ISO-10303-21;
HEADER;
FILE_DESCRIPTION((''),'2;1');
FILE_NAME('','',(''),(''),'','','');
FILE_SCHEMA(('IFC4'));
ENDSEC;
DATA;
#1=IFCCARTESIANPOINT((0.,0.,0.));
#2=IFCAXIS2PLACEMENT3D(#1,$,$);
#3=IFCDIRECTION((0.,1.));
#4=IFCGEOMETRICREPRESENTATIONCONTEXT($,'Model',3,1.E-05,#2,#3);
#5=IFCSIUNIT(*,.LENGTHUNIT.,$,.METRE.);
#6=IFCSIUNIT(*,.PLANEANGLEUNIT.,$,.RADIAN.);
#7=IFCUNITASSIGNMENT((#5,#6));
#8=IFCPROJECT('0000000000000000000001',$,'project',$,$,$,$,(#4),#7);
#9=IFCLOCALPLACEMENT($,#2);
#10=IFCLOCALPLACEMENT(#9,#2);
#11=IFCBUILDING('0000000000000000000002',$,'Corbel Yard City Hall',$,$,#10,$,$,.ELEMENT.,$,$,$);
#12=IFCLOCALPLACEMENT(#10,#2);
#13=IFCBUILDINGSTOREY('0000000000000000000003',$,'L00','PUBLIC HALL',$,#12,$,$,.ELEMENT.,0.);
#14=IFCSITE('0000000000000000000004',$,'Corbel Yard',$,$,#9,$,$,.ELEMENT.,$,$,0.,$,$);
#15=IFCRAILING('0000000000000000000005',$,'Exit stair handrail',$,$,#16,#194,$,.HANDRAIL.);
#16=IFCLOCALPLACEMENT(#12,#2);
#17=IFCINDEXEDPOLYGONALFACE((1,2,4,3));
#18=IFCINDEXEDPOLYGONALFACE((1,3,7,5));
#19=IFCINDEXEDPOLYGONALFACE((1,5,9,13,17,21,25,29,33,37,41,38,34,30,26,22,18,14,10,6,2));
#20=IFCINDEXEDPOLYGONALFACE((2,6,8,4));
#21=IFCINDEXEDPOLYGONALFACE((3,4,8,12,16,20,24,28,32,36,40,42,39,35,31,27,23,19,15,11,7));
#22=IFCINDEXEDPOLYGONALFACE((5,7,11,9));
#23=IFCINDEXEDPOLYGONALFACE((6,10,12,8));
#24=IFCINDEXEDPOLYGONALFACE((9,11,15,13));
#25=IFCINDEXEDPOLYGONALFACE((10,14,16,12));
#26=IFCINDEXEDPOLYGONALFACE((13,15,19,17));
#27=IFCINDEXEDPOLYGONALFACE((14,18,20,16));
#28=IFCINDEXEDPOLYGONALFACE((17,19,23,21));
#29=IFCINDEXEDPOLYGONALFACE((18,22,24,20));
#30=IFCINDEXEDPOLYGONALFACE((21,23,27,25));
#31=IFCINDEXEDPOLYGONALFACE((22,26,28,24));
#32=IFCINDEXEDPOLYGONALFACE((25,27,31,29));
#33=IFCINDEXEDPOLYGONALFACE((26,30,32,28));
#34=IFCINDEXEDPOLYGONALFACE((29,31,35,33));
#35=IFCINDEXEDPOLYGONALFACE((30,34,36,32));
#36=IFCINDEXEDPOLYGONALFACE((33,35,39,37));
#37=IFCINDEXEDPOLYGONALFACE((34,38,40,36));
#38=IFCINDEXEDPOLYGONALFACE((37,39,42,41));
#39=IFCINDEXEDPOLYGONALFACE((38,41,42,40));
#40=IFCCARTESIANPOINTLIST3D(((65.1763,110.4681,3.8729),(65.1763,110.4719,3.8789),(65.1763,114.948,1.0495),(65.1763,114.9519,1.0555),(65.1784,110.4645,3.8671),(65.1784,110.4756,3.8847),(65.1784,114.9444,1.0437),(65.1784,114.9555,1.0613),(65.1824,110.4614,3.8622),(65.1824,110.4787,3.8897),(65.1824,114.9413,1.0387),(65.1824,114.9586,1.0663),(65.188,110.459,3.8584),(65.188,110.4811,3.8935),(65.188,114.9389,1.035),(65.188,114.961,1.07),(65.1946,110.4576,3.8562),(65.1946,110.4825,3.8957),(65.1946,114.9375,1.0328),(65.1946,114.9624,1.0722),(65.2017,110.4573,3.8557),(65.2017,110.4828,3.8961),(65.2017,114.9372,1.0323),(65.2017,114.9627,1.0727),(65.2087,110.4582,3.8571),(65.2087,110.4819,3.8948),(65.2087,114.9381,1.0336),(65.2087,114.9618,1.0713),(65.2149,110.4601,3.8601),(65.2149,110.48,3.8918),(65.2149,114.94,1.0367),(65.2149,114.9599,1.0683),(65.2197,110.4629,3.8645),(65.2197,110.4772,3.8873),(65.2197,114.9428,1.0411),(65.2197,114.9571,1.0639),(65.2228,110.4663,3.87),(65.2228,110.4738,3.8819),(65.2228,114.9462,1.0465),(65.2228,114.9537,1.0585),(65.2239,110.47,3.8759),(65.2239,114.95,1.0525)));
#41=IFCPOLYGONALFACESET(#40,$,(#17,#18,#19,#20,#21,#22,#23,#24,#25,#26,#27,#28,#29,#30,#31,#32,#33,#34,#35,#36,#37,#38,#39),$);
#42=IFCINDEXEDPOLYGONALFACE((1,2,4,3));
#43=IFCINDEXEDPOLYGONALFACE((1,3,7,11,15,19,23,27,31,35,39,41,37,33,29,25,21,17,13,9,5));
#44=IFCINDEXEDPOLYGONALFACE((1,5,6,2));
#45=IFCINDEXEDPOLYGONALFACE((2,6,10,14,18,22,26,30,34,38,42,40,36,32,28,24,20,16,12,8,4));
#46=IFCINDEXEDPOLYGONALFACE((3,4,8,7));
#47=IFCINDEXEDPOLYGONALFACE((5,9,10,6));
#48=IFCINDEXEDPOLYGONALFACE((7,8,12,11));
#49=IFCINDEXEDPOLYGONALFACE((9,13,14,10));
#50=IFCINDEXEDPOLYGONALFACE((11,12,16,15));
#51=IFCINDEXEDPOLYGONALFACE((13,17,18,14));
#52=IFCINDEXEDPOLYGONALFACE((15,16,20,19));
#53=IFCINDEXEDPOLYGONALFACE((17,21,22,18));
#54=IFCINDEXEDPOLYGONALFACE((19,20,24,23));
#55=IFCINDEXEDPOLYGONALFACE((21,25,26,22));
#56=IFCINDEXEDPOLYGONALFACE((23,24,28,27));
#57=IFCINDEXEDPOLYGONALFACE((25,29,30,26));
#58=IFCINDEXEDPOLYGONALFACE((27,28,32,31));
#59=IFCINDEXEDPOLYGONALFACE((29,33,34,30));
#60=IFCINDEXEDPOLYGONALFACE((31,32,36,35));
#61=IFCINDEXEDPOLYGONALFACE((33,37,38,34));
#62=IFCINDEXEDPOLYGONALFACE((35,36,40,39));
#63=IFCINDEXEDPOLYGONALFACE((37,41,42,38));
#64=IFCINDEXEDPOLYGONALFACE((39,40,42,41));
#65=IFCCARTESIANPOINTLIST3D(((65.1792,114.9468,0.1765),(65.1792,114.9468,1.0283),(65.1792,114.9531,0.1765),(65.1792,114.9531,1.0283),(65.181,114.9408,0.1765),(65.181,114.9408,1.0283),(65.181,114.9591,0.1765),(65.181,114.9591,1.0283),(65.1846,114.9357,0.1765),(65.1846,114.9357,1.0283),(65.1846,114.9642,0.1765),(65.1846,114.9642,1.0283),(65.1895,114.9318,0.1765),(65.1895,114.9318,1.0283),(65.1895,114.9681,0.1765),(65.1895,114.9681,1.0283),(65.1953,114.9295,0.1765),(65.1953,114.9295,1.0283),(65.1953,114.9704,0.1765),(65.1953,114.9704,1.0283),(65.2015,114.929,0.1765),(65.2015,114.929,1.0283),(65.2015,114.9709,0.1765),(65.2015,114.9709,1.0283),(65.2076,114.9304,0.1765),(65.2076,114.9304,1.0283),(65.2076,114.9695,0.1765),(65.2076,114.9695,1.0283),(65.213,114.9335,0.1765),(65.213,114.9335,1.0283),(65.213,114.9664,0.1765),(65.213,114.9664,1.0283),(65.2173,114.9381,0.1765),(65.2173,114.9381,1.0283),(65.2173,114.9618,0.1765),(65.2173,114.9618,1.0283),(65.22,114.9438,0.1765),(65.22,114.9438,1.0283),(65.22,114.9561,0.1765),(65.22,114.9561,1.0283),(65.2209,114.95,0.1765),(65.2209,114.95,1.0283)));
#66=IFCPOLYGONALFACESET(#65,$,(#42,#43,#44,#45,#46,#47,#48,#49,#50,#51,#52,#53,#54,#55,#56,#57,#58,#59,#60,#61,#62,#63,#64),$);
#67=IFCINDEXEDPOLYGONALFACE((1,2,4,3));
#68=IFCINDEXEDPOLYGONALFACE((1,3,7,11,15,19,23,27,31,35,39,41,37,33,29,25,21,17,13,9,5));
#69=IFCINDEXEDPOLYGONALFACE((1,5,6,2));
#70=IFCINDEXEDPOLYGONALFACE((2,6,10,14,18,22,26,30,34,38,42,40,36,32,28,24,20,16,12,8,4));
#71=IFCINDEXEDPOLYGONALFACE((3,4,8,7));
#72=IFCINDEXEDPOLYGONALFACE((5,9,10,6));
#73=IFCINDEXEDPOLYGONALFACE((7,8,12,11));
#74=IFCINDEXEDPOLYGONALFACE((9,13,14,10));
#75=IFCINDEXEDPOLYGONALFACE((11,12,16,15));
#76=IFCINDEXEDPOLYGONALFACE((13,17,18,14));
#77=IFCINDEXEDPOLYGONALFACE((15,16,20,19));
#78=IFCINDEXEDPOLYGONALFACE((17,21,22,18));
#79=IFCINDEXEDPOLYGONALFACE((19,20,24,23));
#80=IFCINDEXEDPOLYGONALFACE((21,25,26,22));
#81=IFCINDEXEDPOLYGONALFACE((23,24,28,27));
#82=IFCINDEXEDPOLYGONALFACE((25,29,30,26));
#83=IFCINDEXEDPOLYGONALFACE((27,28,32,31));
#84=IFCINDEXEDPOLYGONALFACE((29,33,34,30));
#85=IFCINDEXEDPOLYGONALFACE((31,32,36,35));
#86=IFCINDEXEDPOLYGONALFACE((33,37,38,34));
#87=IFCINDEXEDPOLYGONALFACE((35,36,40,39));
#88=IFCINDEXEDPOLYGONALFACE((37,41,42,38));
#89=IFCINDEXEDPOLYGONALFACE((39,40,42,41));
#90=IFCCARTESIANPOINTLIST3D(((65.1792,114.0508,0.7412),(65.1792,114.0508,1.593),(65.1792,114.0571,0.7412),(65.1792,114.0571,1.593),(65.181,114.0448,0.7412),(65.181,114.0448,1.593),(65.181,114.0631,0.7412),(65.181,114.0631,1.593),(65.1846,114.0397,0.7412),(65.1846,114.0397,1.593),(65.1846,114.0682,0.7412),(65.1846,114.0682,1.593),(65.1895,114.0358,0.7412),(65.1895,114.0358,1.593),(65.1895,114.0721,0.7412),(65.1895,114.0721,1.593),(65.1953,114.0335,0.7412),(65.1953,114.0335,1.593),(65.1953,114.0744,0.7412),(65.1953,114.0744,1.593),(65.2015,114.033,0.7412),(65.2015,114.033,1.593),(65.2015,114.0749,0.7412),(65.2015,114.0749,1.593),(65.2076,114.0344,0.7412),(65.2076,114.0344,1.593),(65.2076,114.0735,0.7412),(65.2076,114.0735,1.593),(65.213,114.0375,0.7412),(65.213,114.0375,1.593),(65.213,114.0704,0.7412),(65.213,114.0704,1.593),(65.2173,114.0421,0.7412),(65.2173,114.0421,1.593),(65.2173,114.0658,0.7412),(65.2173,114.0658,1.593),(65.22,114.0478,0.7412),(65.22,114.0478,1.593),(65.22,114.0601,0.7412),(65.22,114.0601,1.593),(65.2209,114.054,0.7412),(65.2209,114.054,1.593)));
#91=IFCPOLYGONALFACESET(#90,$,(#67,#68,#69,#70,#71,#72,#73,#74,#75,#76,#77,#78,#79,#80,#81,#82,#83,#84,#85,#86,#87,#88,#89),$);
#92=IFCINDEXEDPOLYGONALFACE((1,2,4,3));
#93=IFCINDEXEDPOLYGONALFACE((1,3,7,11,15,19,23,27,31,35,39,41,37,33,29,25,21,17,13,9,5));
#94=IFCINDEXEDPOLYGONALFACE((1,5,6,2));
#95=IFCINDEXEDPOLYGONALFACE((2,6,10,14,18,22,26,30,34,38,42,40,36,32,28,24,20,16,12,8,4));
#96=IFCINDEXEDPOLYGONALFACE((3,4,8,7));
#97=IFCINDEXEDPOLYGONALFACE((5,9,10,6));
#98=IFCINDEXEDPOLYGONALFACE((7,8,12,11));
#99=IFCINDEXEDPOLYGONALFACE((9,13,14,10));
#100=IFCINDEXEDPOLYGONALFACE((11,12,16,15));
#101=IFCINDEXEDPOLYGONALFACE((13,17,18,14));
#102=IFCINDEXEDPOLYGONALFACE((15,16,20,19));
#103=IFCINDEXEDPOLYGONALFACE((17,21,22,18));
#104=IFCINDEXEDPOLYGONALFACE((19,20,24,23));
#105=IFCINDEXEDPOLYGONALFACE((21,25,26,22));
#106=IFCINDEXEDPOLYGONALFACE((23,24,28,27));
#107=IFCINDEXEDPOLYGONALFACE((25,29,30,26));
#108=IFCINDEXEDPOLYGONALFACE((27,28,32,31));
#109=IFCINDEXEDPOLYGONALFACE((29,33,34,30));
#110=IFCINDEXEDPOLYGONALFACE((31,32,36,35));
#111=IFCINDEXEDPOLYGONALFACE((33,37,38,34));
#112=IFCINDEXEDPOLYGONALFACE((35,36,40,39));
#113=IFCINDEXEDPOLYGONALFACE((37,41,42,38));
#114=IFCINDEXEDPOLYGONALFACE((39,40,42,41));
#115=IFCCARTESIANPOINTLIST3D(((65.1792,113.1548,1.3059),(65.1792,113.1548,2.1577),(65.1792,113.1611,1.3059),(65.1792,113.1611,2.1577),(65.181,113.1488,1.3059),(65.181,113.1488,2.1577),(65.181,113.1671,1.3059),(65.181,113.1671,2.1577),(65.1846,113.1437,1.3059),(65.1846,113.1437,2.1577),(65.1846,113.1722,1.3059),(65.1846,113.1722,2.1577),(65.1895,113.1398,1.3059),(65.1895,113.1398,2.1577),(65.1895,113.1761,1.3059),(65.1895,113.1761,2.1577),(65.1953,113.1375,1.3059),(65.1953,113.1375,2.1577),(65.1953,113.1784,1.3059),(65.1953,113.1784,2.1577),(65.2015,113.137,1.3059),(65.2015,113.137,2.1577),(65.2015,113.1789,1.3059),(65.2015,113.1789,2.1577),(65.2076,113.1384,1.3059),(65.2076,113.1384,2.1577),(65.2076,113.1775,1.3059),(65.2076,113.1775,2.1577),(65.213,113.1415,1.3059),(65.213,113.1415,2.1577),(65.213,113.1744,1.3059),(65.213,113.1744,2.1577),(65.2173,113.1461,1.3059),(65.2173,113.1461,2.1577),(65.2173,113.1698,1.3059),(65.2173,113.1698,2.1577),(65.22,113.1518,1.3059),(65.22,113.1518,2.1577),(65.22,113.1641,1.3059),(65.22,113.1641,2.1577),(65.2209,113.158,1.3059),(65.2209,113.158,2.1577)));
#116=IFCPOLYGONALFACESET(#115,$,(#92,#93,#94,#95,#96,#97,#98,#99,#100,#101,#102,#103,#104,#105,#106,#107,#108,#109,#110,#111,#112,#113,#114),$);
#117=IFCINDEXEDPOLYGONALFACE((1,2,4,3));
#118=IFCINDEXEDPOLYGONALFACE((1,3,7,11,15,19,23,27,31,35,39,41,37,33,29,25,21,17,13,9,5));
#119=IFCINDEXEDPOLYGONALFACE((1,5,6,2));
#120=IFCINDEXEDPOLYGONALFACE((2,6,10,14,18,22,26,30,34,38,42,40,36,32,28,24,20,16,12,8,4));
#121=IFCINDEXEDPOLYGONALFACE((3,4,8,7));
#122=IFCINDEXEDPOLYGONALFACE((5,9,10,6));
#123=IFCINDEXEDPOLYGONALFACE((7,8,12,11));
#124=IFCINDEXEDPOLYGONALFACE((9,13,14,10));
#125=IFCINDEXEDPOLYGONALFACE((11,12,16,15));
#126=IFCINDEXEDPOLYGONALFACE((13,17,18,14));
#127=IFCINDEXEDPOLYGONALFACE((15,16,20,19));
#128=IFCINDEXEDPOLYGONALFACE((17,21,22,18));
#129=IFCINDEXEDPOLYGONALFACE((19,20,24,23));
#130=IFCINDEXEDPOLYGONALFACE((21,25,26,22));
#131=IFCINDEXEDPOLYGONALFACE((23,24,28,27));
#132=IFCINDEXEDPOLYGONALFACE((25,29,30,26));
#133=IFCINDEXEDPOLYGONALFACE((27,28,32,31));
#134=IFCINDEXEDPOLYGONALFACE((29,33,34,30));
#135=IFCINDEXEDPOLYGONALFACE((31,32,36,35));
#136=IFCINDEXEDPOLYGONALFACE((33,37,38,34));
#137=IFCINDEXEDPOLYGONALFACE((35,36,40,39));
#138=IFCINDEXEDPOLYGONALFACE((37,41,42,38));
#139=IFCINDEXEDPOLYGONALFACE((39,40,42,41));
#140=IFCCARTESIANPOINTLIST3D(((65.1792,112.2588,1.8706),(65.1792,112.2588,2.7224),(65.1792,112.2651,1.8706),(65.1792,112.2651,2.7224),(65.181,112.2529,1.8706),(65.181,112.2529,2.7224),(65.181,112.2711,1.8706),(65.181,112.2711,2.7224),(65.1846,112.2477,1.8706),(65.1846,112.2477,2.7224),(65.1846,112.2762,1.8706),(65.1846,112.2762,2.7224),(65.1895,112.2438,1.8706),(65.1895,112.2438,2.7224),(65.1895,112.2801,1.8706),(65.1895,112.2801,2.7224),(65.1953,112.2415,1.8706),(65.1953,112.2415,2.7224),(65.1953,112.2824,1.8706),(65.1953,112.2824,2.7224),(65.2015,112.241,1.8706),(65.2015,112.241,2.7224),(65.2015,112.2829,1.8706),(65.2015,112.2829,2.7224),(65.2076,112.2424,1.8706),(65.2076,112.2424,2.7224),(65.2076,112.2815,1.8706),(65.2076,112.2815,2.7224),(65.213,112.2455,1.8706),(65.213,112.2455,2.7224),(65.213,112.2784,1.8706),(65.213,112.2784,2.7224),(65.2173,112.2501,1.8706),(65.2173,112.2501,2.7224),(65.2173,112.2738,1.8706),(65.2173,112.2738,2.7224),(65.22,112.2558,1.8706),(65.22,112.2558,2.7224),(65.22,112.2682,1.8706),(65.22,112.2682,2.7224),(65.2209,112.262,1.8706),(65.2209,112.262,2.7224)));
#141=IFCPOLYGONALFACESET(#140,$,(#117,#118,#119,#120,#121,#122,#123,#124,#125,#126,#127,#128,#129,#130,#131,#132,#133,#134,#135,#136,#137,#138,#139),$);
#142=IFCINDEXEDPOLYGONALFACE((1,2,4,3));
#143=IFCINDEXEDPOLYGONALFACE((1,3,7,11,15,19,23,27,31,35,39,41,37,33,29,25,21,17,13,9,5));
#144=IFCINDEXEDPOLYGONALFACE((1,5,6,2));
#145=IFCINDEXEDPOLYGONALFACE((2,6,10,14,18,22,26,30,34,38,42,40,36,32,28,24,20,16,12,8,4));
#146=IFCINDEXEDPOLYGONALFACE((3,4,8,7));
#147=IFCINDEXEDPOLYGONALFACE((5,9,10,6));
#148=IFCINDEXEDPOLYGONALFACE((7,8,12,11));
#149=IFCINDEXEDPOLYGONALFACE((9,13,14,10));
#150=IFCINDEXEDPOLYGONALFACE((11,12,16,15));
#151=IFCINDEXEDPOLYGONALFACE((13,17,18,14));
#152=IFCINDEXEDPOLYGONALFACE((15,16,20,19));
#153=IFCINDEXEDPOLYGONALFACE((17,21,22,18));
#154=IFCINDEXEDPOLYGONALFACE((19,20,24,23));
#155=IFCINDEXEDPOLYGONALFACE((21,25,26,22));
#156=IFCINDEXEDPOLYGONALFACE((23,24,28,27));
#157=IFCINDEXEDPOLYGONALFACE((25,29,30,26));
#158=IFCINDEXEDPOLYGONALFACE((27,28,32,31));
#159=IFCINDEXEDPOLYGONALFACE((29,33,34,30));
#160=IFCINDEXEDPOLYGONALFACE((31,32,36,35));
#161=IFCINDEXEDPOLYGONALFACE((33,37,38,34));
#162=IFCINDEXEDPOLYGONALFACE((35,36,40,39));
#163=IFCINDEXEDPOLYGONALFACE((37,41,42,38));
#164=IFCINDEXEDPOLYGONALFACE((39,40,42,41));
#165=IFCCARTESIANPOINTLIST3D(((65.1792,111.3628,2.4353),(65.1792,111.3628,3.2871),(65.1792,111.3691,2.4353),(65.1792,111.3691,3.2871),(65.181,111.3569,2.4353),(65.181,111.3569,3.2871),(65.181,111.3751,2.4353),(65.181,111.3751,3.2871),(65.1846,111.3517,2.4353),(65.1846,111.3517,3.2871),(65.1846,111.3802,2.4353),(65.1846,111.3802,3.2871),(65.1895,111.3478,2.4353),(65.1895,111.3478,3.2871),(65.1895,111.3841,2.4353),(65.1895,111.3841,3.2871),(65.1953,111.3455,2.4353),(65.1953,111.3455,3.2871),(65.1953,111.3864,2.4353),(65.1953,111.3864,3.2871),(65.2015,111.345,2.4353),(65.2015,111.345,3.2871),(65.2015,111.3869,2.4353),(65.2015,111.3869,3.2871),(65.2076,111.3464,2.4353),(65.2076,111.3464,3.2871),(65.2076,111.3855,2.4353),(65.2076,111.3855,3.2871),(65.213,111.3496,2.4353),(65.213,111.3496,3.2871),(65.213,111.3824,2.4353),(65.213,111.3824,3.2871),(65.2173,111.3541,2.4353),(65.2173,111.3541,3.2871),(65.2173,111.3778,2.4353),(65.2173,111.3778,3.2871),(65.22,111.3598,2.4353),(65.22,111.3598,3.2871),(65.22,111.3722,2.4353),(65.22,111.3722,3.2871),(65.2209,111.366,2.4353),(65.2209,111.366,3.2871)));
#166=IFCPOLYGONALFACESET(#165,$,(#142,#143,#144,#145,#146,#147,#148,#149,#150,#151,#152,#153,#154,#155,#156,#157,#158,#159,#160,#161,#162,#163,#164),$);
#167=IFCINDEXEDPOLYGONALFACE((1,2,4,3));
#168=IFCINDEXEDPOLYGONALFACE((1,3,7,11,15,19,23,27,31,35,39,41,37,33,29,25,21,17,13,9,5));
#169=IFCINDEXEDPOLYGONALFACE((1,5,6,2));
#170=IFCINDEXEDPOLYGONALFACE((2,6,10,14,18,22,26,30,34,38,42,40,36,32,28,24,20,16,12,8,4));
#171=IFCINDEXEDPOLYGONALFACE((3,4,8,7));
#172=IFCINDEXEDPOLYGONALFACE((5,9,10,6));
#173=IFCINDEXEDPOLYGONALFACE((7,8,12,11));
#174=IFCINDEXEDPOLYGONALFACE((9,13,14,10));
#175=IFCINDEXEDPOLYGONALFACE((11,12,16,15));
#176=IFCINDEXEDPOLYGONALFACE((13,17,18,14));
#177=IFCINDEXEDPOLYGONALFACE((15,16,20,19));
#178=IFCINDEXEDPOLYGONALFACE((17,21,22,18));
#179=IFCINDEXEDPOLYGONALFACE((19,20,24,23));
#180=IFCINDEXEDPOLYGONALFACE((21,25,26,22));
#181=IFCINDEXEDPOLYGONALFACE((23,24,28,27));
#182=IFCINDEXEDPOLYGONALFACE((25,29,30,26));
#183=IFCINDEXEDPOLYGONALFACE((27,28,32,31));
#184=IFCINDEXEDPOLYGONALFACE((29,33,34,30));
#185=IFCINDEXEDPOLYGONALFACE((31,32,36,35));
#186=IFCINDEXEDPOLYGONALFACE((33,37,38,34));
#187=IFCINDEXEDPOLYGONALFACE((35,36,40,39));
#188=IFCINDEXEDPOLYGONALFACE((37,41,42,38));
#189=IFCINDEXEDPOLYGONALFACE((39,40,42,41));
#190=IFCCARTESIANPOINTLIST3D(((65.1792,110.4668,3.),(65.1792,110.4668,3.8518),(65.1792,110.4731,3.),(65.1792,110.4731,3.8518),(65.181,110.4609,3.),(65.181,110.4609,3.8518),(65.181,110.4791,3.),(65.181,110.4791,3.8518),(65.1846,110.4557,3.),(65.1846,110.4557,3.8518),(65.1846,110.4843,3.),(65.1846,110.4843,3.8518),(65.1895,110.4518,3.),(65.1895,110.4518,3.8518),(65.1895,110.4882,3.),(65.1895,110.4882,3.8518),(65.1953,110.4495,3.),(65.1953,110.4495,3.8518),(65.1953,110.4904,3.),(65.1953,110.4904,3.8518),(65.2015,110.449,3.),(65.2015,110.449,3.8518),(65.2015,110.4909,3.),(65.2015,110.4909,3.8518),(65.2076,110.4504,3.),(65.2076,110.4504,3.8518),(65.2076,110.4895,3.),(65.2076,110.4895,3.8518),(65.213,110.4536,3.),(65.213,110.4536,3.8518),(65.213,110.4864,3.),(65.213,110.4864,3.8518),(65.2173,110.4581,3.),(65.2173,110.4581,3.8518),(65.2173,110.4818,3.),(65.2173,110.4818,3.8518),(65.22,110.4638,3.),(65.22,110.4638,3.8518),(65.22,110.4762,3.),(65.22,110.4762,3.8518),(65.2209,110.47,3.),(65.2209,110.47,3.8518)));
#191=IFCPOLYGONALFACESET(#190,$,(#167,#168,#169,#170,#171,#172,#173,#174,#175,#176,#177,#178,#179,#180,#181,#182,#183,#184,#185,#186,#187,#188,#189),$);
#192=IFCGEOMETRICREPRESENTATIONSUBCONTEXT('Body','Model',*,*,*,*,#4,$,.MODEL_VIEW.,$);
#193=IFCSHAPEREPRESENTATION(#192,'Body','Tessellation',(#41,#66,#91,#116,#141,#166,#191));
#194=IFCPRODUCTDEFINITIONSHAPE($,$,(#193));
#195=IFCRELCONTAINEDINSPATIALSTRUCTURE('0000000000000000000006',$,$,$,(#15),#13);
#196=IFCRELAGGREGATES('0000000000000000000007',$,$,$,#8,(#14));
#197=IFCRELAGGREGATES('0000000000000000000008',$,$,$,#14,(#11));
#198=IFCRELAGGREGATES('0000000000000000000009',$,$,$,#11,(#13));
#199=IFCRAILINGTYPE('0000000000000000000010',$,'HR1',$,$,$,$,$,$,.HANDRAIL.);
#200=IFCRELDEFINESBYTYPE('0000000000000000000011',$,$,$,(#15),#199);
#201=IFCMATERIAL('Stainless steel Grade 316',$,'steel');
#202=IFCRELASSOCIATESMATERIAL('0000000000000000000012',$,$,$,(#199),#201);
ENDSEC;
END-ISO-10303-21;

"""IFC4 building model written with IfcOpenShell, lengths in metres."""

from ifc_helpers import new_model, si_unit, direction, frame, origin, origin_2d, place, context, subcontext, project, spatial, circle, extrude, material, type_object, element, save


model = new_model("IFC4")

# Units and contexts
model_context = context("Model", 3, precision=1e-05, world=origin(), true_north=direction((0.0, 1.0)))
body_context = subcontext(model_context, "Body", "Model", "MODEL_VIEW")
ifc_project = project(units=[si_unit("LENGTHUNIT", "METRE"), si_unit("PLANEANGLEUNIT", "RADIAN")], contexts=[model_context])

# Site, building, storey
site_placement = place(None, origin())
site = spatial("IfcSite", under=ifc_project, at=site_placement, Name="Corbel Yard", CompositionType="ELEMENT", RefElevation=0.0)
building_placement = place(site_placement, origin())
building = spatial("IfcBuilding", under=site, at=building_placement, Name="Corbel Yard City Hall", CompositionType="ELEMENT")
storey_placement = place(building_placement, origin())
storey = spatial("IfcBuildingStorey", under=building, at=storey_placement, Name="L00", Description="PUBLIC HALL", CompositionType="ELEMENT", Elevation=0.0)

# Shared definitions
ifc_material_1 = material(Name="Stainless steel Grade 316", Category="steel")

# Railing
railing_type = type_object("IfcRailingType", Name="HR1", PredefinedType="HANDRAIL", material=ifc_material_1)
for number, where, name in (
    (1, (65.2, 114.95, 0.1765), "Exit stair handrail"),
):
    element("IfcRailing", number, at=place(storey_placement, frame(where)), inside=storey, type_object=railing_type, Name=name, PredefinedType="HANDRAIL", context=body_context, shape_type="SweptSolid", body=[
        extrude(circle(Radius=0.0239, at=origin_2d()), frame((0.0, 0.0, 0.876), z_axis=(0.0, -0.845998, 0.533186), x_axis=(1.0, 0.0, 0.0)), (0.0, 0.0, 1.0), 5.2954),
        extrude(circle(Radius=0.021, at=origin_2d()), origin(), (0.0, 0.0, 1.0), 0.8518),
        extrude(circle(Radius=0.021, at=origin_2d()), frame((0.0, -0.896, 0.5647)), (0.0, 0.0, 1.0), 0.8518),
        extrude(circle(Radius=0.021, at=origin_2d()), frame((0.0, -1.792, 1.1294)), (0.0, 0.0, 1.0), 0.8518),
        extrude(circle(Radius=0.021, at=origin_2d()), frame((0.0, -2.688, 1.6941)), (0.0, 0.0, 1.0), 0.8518),
        extrude(circle(Radius=0.021, at=origin_2d()), frame((0.0, -3.584, 2.2588)), (0.0, 0.0, 1.0), 0.8518),
        extrude(circle(Radius=0.021, at=origin_2d()), frame((0.0, -4.48, 2.8235)), (0.0, 0.0, 1.0), 0.8518),
    ])

save(model, "model.ifc")
